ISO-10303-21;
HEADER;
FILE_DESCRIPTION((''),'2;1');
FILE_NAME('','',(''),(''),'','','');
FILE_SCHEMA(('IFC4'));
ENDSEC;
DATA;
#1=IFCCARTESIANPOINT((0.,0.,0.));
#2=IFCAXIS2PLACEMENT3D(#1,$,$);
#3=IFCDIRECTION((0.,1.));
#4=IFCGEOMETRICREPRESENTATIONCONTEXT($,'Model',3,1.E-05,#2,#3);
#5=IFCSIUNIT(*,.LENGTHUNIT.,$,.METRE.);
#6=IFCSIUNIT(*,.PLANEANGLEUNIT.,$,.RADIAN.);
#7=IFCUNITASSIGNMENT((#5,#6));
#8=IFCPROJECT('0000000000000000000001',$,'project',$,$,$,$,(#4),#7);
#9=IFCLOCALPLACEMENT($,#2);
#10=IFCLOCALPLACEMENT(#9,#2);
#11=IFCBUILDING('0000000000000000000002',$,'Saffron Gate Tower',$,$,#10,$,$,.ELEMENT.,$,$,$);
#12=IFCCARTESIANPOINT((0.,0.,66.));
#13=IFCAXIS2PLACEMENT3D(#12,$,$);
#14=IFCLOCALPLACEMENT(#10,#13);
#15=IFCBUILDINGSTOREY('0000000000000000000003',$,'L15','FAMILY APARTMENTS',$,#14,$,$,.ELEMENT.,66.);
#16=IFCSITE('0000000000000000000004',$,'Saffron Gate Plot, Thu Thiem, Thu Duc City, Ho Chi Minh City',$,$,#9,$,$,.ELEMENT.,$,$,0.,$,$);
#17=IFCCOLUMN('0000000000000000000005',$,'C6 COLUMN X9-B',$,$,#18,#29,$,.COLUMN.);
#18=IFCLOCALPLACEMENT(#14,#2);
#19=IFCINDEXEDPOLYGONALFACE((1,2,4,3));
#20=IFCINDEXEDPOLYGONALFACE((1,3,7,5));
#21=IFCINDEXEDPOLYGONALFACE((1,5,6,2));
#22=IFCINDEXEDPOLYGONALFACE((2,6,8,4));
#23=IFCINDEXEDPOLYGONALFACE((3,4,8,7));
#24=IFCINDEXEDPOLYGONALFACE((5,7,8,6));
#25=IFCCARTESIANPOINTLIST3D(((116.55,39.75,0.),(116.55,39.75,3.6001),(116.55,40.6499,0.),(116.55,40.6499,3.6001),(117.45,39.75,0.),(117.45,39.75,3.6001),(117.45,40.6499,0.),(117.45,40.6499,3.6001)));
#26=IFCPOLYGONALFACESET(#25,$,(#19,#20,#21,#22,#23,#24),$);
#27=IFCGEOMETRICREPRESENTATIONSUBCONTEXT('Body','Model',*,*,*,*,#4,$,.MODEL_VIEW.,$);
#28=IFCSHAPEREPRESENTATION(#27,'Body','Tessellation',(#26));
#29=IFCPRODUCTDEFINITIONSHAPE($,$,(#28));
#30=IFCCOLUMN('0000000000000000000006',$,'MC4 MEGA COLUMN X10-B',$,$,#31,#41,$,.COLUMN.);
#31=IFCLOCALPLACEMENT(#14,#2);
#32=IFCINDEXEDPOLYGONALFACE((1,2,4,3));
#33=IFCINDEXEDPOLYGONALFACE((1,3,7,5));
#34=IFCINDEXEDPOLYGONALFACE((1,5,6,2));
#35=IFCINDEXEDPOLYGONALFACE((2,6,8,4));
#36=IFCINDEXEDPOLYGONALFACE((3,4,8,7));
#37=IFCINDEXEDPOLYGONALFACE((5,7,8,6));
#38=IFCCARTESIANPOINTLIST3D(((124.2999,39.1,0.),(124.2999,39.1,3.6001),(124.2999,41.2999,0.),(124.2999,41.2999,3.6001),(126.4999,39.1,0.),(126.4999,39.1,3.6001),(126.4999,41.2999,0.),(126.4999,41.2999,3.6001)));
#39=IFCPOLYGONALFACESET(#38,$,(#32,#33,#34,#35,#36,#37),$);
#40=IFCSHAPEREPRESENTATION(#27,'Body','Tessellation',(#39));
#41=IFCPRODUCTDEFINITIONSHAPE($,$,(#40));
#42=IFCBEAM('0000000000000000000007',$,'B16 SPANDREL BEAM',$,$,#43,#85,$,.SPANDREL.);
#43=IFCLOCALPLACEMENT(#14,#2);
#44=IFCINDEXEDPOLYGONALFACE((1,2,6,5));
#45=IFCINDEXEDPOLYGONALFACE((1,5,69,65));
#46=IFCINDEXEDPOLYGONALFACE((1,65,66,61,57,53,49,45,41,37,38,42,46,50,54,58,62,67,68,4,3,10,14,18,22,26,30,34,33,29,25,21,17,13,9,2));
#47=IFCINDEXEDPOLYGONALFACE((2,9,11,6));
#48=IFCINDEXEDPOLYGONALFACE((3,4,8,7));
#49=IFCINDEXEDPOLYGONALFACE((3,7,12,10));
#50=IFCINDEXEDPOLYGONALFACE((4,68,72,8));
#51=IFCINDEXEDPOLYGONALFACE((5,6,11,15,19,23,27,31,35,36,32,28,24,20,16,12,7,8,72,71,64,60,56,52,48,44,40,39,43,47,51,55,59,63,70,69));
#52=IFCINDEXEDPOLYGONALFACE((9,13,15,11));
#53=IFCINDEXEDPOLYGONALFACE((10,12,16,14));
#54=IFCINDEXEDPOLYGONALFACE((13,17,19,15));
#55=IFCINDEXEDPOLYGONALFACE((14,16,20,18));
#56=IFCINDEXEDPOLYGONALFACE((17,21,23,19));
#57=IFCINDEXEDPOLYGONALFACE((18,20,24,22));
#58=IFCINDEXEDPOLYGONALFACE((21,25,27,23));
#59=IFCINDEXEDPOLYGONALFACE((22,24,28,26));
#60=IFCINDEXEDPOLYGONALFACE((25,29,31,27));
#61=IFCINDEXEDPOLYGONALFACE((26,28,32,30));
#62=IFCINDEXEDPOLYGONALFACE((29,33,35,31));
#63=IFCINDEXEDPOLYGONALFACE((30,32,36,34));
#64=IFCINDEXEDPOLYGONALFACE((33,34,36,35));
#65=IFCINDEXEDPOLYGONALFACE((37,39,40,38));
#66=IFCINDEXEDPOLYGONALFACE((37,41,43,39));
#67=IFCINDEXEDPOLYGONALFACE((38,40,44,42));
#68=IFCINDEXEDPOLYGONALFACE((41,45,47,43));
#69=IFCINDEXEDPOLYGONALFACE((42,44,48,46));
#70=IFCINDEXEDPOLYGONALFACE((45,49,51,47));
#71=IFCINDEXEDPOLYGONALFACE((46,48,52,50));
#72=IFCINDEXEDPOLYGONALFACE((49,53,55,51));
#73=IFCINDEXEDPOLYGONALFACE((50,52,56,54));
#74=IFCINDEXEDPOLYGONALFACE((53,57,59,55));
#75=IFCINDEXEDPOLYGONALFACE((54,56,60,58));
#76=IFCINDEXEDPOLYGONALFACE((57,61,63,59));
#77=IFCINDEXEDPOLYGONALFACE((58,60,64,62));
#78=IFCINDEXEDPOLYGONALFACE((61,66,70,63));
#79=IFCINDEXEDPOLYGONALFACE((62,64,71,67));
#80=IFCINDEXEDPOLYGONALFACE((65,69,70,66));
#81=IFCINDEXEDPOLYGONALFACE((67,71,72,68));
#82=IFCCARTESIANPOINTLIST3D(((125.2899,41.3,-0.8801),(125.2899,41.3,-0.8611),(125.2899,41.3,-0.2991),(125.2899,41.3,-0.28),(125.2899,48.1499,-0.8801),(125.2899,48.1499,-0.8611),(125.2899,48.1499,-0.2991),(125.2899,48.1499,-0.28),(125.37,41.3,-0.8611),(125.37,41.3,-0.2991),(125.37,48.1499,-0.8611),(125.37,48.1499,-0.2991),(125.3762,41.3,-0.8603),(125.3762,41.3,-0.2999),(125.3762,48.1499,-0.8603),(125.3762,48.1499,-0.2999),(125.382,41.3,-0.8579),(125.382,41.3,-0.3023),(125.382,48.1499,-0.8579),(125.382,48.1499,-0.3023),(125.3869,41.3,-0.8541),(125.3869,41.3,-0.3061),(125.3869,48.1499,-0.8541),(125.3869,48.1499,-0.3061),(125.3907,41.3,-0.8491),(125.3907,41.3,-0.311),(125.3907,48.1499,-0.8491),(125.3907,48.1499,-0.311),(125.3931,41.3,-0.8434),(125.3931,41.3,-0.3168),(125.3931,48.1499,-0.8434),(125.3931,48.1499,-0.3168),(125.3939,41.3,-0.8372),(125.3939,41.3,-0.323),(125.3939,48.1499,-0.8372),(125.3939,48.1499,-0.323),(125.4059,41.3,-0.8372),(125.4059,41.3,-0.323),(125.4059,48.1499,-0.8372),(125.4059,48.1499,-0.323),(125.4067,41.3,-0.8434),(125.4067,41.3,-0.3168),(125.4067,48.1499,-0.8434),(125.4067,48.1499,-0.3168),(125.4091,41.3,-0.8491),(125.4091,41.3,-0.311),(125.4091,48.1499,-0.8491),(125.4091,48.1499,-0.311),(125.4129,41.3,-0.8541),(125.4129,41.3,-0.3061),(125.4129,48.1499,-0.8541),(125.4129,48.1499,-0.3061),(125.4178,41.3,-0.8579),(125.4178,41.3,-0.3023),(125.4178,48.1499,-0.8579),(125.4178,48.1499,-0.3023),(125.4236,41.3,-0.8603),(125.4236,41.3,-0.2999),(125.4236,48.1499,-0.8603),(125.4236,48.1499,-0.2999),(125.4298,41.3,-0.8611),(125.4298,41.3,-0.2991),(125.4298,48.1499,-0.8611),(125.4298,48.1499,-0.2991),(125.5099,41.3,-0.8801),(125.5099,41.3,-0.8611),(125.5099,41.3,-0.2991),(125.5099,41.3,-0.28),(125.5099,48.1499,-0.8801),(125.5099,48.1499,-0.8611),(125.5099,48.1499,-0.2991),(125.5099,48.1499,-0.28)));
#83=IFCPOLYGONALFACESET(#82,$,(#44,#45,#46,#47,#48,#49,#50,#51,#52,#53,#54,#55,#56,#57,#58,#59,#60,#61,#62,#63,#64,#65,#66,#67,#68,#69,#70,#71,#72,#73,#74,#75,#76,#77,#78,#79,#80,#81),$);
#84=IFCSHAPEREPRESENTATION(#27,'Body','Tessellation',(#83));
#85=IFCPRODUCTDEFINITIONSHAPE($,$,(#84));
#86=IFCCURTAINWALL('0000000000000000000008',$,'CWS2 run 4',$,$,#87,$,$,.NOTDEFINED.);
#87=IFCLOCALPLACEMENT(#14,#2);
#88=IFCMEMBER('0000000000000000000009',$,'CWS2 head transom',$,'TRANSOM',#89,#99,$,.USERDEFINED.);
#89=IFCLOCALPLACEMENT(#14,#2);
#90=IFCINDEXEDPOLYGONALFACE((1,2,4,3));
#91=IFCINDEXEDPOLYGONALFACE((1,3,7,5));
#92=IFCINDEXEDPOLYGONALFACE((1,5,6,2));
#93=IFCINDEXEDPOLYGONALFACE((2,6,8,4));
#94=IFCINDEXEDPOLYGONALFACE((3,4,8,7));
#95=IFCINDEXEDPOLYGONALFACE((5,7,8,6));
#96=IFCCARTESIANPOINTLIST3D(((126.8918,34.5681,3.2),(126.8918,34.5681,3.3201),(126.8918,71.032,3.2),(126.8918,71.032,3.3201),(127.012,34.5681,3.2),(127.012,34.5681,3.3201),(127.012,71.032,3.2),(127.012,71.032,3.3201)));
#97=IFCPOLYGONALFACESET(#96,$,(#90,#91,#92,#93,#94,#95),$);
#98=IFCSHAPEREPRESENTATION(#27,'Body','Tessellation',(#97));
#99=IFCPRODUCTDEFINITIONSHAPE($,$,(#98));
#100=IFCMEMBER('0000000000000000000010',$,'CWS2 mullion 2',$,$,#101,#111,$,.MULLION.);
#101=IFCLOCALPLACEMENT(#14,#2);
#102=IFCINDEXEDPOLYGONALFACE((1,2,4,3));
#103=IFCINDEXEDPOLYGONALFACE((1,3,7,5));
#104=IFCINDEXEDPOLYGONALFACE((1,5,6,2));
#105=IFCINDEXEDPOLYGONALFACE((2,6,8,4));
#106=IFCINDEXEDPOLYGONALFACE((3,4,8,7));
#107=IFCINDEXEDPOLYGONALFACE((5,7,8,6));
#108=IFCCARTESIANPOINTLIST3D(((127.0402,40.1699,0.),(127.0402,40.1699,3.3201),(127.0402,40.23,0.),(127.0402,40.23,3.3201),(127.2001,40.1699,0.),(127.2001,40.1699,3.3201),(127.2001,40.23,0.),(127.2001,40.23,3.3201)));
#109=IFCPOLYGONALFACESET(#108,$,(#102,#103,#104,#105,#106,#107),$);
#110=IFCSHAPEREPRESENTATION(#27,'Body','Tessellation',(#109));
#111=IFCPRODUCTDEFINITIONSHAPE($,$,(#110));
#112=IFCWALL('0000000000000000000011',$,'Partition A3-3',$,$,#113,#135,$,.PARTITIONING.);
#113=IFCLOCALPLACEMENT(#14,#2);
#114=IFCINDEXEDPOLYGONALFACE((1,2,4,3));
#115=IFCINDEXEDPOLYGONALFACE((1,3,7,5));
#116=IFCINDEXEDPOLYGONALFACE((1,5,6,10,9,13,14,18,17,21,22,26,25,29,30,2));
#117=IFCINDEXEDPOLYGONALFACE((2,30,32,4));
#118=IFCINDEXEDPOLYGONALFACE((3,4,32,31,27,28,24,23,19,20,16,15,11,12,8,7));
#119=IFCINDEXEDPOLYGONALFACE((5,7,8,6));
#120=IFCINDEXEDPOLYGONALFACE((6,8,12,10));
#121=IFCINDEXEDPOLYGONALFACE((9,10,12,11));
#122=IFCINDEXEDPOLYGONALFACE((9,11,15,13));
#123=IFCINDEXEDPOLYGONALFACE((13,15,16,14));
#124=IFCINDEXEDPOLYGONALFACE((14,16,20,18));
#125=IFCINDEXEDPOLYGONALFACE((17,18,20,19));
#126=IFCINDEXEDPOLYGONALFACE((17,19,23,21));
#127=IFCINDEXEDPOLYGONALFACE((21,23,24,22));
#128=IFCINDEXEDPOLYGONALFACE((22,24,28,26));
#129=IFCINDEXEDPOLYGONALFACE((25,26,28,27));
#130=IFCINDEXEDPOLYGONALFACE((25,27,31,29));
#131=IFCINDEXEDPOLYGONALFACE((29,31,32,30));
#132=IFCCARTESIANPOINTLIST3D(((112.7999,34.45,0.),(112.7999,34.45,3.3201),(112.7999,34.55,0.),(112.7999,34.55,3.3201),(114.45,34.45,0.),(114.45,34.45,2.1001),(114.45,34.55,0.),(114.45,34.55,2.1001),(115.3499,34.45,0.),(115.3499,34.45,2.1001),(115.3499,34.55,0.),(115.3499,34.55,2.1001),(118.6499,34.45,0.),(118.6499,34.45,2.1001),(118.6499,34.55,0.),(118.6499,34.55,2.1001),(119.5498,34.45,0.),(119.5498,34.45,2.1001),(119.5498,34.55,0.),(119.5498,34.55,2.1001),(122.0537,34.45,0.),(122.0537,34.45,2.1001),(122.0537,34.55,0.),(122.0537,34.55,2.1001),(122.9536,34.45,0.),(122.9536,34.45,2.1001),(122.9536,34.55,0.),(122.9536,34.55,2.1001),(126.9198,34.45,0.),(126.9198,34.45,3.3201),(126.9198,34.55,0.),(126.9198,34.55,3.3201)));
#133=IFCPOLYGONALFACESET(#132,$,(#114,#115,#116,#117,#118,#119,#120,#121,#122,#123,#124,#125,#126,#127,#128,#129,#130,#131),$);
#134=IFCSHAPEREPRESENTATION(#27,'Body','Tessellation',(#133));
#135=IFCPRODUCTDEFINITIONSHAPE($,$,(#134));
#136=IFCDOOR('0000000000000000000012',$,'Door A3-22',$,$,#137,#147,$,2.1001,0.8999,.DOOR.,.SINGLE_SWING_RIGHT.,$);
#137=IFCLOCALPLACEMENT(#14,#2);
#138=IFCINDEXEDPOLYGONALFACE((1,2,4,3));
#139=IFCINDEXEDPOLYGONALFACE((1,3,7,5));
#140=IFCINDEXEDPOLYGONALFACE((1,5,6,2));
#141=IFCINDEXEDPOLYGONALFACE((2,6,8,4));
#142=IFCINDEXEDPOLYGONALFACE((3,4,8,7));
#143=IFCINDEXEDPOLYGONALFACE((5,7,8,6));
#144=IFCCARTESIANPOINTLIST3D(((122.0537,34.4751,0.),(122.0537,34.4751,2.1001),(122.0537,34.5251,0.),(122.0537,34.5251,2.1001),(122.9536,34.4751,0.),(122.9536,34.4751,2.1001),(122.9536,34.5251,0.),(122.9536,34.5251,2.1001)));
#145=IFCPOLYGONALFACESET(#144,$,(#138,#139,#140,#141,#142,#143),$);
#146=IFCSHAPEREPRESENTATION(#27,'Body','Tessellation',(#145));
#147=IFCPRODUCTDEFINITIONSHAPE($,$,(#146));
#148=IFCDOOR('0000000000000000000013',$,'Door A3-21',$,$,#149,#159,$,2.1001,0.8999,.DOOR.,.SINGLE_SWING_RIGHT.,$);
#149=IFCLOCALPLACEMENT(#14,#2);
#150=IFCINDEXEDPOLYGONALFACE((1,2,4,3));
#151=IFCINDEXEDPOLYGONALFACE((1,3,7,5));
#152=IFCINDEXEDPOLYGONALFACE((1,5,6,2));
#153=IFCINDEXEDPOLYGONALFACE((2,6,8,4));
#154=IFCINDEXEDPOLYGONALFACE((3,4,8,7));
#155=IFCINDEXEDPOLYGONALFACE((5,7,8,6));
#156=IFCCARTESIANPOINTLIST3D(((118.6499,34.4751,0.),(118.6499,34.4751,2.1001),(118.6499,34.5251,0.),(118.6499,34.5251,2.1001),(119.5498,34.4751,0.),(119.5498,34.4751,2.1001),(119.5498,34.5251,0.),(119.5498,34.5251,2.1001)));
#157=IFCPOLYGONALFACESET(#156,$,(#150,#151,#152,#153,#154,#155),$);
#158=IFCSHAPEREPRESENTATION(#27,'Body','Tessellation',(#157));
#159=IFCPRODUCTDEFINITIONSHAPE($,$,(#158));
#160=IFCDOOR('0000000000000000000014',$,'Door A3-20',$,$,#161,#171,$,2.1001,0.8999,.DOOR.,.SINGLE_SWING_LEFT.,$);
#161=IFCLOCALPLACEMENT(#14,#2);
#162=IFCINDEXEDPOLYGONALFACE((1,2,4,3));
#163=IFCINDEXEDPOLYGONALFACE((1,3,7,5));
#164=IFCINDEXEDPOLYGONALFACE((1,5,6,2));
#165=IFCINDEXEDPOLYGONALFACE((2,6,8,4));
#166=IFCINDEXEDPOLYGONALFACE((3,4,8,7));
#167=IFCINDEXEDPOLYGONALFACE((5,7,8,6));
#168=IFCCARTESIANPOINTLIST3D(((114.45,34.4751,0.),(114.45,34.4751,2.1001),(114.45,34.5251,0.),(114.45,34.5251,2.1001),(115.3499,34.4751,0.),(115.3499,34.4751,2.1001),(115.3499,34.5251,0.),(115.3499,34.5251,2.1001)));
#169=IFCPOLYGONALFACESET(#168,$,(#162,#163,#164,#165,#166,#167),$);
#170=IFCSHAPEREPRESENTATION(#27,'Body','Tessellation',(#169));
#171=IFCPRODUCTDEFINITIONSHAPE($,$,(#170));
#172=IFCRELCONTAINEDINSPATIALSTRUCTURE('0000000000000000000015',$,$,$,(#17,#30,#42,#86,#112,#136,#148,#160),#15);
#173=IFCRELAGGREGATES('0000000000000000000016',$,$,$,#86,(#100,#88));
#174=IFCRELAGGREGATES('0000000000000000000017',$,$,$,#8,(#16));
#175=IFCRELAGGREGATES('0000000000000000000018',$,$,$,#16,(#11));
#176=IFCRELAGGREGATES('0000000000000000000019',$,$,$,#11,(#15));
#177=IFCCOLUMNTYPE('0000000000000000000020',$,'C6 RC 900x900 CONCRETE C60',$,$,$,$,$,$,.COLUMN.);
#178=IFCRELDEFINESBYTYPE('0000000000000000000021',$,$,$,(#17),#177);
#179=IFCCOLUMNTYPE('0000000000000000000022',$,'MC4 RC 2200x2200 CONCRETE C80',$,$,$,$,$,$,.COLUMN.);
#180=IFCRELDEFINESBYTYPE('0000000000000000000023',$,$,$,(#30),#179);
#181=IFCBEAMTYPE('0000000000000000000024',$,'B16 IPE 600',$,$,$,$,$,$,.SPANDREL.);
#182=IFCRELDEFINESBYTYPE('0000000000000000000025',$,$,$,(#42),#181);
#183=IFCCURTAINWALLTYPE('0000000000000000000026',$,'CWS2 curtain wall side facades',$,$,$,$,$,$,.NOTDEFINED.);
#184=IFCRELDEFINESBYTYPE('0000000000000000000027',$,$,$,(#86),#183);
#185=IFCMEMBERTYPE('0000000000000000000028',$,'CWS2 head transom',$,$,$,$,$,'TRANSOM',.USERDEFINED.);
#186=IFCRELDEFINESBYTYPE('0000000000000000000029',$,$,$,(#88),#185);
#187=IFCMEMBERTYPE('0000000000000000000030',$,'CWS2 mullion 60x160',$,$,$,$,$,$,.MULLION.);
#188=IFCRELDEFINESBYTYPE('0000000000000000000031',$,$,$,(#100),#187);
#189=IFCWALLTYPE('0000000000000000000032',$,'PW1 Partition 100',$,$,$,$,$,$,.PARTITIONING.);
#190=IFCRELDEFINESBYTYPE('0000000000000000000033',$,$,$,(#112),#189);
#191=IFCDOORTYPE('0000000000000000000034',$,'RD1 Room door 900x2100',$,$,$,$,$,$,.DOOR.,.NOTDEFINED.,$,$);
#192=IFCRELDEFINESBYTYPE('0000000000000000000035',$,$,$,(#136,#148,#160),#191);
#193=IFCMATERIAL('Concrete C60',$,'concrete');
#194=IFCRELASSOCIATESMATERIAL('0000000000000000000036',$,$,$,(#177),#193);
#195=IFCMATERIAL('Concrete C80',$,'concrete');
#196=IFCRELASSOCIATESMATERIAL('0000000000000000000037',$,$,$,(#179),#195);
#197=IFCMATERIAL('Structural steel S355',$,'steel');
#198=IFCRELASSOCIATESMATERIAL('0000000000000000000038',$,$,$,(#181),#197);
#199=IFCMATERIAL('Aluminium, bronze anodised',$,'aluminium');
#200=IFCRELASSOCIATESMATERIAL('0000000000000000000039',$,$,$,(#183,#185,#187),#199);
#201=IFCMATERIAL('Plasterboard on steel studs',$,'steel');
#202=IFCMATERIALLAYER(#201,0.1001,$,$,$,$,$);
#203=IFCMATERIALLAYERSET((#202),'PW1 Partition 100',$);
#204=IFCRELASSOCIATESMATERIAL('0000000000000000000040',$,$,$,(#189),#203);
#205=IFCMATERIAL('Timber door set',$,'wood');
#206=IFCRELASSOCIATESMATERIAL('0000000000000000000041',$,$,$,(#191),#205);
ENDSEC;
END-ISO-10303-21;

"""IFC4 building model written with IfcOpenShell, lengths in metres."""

from ifc_helpers import new_model, si_unit, direction, frame, frame_2d, origin, origin_2d, place, context, subcontext, project, spatial, rectangle, i_section, extrude, material, layer, layer_set, material_profile, profile_set, type_object, element, fill, aggregate, save


model = new_model("IFC4")

# Units and contexts
model_context = context("Model", 3, precision=1e-05, world=origin(), true_north=direction((0.0, 1.0)))
body_context = subcontext(model_context, "Body", "Model", "MODEL_VIEW")
ifc_project = project(units=[si_unit("LENGTHUNIT", "METRE"), si_unit("PLANEANGLEUNIT", "RADIAN")], contexts=[model_context])

# Site, building, storey
site_placement = place(None, origin())
site = spatial("IfcSite", under=ifc_project, at=site_placement, Name="Saffron Gate Plot, Thu Thiem, Thu Duc City, Ho Chi Minh City", CompositionType="ELEMENT", RefElevation=0.0)
building_placement = place(site_placement, origin())
building = spatial("IfcBuilding", under=site, at=building_placement, Name="Saffron Gate Tower", CompositionType="ELEMENT")
storey_placement = place(building_placement, frame((0.0, 0.0, 66.0)))
storey = spatial("IfcBuildingStorey", under=building, at=storey_placement, Name="L15", Description="FAMILY APARTMENTS", CompositionType="ELEMENT", Elevation=66.0)

# Columns
ifc_material_1 = material(Name="Concrete C60", Category="concrete")
ifc_material_profile_1 = material_profile(ifc_material_1, rectangle(XDim=0.8999, YDim=0.8999, at=origin_2d()))
ifc_profile_set_1 = profile_set([ifc_material_profile_1], Name="Concrete C60")
column_type_1 = type_object("IfcColumnType", Name="C6 RC 900x900 CONCRETE C60", PredefinedType="COLUMN", material=ifc_profile_set_1)
column_1_placement = place(storey_placement, frame((117.0, 40.2, 0.0), z_axis=(0.0, 0.0, 1.0), x_axis=(1.0, 0.0, 0.0)))
element("IfcColumn", 1, at=column_1_placement, inside=storey, type_object=column_type_1, Name="C6 COLUMN X9-B", PredefinedType="COLUMN", context=body_context, shape_type="SweptSolid", body=[
    extrude(rectangle(XDim=0.8999, YDim=0.8999, at=origin_2d()), origin(), (0.0, 0.0, 1.0), 3.6001),
])
ifc_material_2 = material(Name="Concrete C80", Category="concrete")
ifc_material_profile_2 = material_profile(ifc_material_2, rectangle(XDim=2.2, YDim=2.2, at=origin_2d()))
ifc_profile_set_2 = profile_set([ifc_material_profile_2], Name="Concrete C80")
column_type_2 = type_object("IfcColumnType", Name="MC4 RC 2200x2200 CONCRETE C80", PredefinedType="COLUMN", material=ifc_profile_set_2)
column_2_placement = place(storey_placement, frame((125.3999, 40.2, 0.0), z_axis=(0.0, 0.0, 1.0), x_axis=(1.0, 0.0, 0.0)))
element("IfcColumn", 2, at=column_2_placement, inside=storey, type_object=column_type_2, Name="MC4 MEGA COLUMN X10-B", PredefinedType="COLUMN", context=body_context, shape_type="SweptSolid", body=[
    extrude(rectangle(XDim=2.2, YDim=2.2, at=origin_2d()), origin(), (0.0, 0.0, 1.0), 3.6001),
])

# Beam
ifc_material_3 = material(Name="Structural steel S355", Category="steel")
ifc_material_profile_3 = material_profile(ifc_material_3, i_section(OverallWidth=0.22, OverallDepth=0.6001, WebThickness=0.012, FlangeThickness=0.019, FilletRadius=0.0239, at=origin_2d()))
ifc_profile_set_3 = profile_set([ifc_material_profile_3], Name="Structural steel S355")
beam_type = type_object("IfcBeamType", Name="B16 IPE 600", PredefinedType="SPANDREL", material=ifc_profile_set_3)
beam_placement = place(storey_placement, frame((125.3999, 41.3, -0.5801), z_axis=(0.0, 1.0, 0.0), x_axis=(-1.0, 0.0, 0.0)))
element("IfcBeam", 3, at=beam_placement, inside=storey, type_object=beam_type, Name="B16 SPANDREL BEAM", PredefinedType="SPANDREL", context=body_context, shape_type="SweptSolid", body=[
    extrude(i_section(OverallWidth=0.22, OverallDepth=0.6001, WebThickness=0.012, FlangeThickness=0.019, FilletRadius=0.0239, at=origin_2d()), origin(), (0.0, 0.0, 1.0), 6.8499),
])

# Curtain wall, members
ifc_material_4 = material(Name="Aluminium, bronze anodised", Category="aluminium")
curtain_wall_type = type_object("IfcCurtainWallType", Name="CWS2 curtain wall side facades", PredefinedType="NOTDEFINED", material=ifc_material_4)
curtain_wall_placement = place(storey_placement, origin())
curtain_wall = element("IfcCurtainWall", 4, at=curtain_wall_placement, inside=storey, type_object=curtain_wall_type, Name="CWS2 run 4", PredefinedType="NOTDEFINED")
ifc_material_profile_4 = material_profile(ifc_material_4, rectangle(XDim=0.1201, YDim=0.1201, at=origin_2d()))
ifc_profile_set_4 = profile_set([ifc_material_profile_4], Name="Aluminium, bronze anodised")
member_type_1 = type_object("IfcMemberType", Name="CWS2 head transom", ElementType="TRANSOM", PredefinedType="USERDEFINED", material=ifc_profile_set_4)
member_1_placement = place(storey_placement, frame((126.9519, 34.5681, 3.26), z_axis=(0.0, 1.0, 0.0), x_axis=(-1.0, 0.0, 0.0)))
member_1 = element("IfcMember", 5, at=member_1_placement, type_object=member_type_1, Name="CWS2 head transom", ObjectType="TRANSOM", PredefinedType="USERDEFINED", context=body_context, shape_type="SweptSolid", body=[
    extrude(rectangle(XDim=0.1201, YDim=0.1201, at=origin_2d()), origin(), (0.0, 0.0, 1.0), 36.4639),
])
ifc_material_profile_5 = material_profile(ifc_material_4, rectangle(XDim=0.1599, YDim=0.0601, at=origin_2d()))
ifc_profile_set_5 = profile_set([ifc_material_profile_5], Name="Aluminium, bronze anodised")
member_type_2 = type_object("IfcMemberType", Name="CWS2 mullion 60x160", PredefinedType="MULLION", material=ifc_profile_set_5)
member_2_placement = place(storey_placement, frame((127.1201, 40.2, 0.0), z_axis=(0.0, 0.0, 1.0), x_axis=(-1.0, 0.0, 0.0)))
member_2 = element("IfcMember", 6, at=member_2_placement, type_object=member_type_2, Name="CWS2 mullion 2", PredefinedType="MULLION", context=body_context, shape_type="SweptSolid", body=[
    extrude(rectangle(XDim=0.1599, YDim=0.0601, at=origin_2d()), origin(), (0.0, 0.0, 1.0), 3.3201),
])
aggregate(curtain_wall, [member_2, member_1])

# Wall, openings, doors
ifc_material_5 = material(Name="Plasterboard on steel studs", Category="steel")
ifc_layer_1 = layer(ifc_material_5, 0.1001)
ifc_layer_set_1 = layer_set([ifc_layer_1], Name="PW1 Partition 100")
wall_type_1 = type_object("IfcWallType", Name="PW1 Partition 100", PredefinedType="PARTITIONING", material=ifc_layer_set_1)
wall_1_placement = place(storey_placement, frame((126.9199, 34.5, 0.0), z_axis=(0.0, 0.0, 1.0), x_axis=(-1.0, 0.0, 0.0)))
wall_1 = element("IfcWall", 7, at=wall_1_placement, inside=storey, type_object=wall_type_1, Name="Partition A3-3", PredefinedType="PARTITIONING", context=body_context, shape_type="SweptSolid", body=[
    extrude(rectangle(XDim=14.1199, YDim=0.1001, at=frame_2d((7.0601, 0.0))), origin(), (0.0, 0.0, 1.0), 3.3201),
])
opening_1_placement = place(wall_1_placement, frame((3.9663, 0.0, 0.0)))
opening_1 = element("IfcOpeningElement", 8, at=opening_1_placement, cuts=wall_1, PredefinedType="OPENING", context=body_context, shape_type="SweptSolid", body=[
    extrude(rectangle(XDim=0.8999, YDim=2.1001, at=frame_2d((0.45, 1.05))), frame((0.0, 0.0601, 0.0), z_axis=(0.0, -1.0, 0.0), x_axis=(1.0, 0.0, 0.0)), (0.0, 0.0, 1.0), 0.1201),
])
opening_2_placement = place(wall_1_placement, frame((7.3701, 0.0, 0.0)))
opening_2 = element("IfcOpeningElement", 9, at=opening_2_placement, cuts=wall_1, PredefinedType="OPENING", context=body_context, shape_type="SweptSolid", body=[
    extrude(rectangle(XDim=0.8999, YDim=2.1001, at=frame_2d((0.45, 1.05))), frame((0.0, 0.0601, 0.0), z_axis=(0.0, -1.0, 0.0), x_axis=(1.0, 0.0, 0.0)), (0.0, 0.0, 1.0), 0.1201),
])
opening_3_placement = place(wall_1_placement, frame((11.5701, 0.0, 0.0)))
opening_3 = element("IfcOpeningElement", 10, at=opening_3_placement, cuts=wall_1, PredefinedType="OPENING", context=body_context, shape_type="SweptSolid", body=[
    extrude(rectangle(XDim=0.8999, YDim=2.1001, at=frame_2d((0.45, 1.05))), frame((0.0, 0.0601, 0.0), z_axis=(0.0, -1.0, 0.0), x_axis=(1.0, 0.0, 0.0)), (0.0, 0.0, 1.0), 0.1201),
])
ifc_material_6 = material(Name="Timber door set", Category="wood")
door_type_1 = type_object("IfcDoorType", Name="RD1 Room door 900x2100", OperationType="NOTDEFINED", PredefinedType="DOOR", material=ifc_material_6)
door_1_placement = place(opening_1_placement, origin())
door_1 = element("IfcDoor", 11, at=door_1_placement, inside=storey, type_object=door_type_1, Name="Door A3-22", OperationType="SINGLE_SWING_RIGHT", OverallHeight=2.1001, OverallWidth=0.8999, PredefinedType="DOOR", context=body_context, shape_type="SweptSolid", body=[
    extrude(rectangle(XDim=0.8999, YDim=2.1001, at=frame_2d((0.45, 1.05))), frame((0.0, 0.0249, 0.0), z_axis=(0.0, -1.0, 0.0), x_axis=(1.0, 0.0, 0.0)), (0.0, 0.0, 1.0), 0.05),
])
fill(opening_1, door_1)
door_2_placement = place(opening_2_placement, origin())
door_2 = element("IfcDoor", 12, at=door_2_placement, inside=storey, type_object=door_type_1, Name="Door A3-21", OperationType="SINGLE_SWING_RIGHT", OverallHeight=2.1001, OverallWidth=0.8999, PredefinedType="DOOR", context=body_context, shape_type="SweptSolid", body=[
    extrude(rectangle(XDim=0.8999, YDim=2.1001, at=frame_2d((0.45, 1.05))), frame((0.0, 0.0249, 0.0), z_axis=(0.0, -1.0, 0.0), x_axis=(1.0, 0.0, 0.0)), (0.0, 0.0, 1.0), 0.05),
])
fill(opening_2, door_2)
door_3_placement = place(opening_3_placement, origin())
door_3 = element("IfcDoor", 13, at=door_3_placement, inside=storey, type_object=door_type_1, Name="Door A3-20", OperationType="SINGLE_SWING_LEFT", OverallHeight=2.1001, OverallWidth=0.8999, PredefinedType="DOOR", context=body_context, shape_type="SweptSolid", body=[
    extrude(rectangle(XDim=0.8999, YDim=2.1001, at=frame_2d((0.45, 1.05))), frame((0.0, 0.0249, 0.0), z_axis=(0.0, -1.0, 0.0), x_axis=(1.0, 0.0, 0.0)), (0.0, 0.0, 1.0), 0.05),
])
fill(opening_3, door_3)

save(model, "model.ifc")
